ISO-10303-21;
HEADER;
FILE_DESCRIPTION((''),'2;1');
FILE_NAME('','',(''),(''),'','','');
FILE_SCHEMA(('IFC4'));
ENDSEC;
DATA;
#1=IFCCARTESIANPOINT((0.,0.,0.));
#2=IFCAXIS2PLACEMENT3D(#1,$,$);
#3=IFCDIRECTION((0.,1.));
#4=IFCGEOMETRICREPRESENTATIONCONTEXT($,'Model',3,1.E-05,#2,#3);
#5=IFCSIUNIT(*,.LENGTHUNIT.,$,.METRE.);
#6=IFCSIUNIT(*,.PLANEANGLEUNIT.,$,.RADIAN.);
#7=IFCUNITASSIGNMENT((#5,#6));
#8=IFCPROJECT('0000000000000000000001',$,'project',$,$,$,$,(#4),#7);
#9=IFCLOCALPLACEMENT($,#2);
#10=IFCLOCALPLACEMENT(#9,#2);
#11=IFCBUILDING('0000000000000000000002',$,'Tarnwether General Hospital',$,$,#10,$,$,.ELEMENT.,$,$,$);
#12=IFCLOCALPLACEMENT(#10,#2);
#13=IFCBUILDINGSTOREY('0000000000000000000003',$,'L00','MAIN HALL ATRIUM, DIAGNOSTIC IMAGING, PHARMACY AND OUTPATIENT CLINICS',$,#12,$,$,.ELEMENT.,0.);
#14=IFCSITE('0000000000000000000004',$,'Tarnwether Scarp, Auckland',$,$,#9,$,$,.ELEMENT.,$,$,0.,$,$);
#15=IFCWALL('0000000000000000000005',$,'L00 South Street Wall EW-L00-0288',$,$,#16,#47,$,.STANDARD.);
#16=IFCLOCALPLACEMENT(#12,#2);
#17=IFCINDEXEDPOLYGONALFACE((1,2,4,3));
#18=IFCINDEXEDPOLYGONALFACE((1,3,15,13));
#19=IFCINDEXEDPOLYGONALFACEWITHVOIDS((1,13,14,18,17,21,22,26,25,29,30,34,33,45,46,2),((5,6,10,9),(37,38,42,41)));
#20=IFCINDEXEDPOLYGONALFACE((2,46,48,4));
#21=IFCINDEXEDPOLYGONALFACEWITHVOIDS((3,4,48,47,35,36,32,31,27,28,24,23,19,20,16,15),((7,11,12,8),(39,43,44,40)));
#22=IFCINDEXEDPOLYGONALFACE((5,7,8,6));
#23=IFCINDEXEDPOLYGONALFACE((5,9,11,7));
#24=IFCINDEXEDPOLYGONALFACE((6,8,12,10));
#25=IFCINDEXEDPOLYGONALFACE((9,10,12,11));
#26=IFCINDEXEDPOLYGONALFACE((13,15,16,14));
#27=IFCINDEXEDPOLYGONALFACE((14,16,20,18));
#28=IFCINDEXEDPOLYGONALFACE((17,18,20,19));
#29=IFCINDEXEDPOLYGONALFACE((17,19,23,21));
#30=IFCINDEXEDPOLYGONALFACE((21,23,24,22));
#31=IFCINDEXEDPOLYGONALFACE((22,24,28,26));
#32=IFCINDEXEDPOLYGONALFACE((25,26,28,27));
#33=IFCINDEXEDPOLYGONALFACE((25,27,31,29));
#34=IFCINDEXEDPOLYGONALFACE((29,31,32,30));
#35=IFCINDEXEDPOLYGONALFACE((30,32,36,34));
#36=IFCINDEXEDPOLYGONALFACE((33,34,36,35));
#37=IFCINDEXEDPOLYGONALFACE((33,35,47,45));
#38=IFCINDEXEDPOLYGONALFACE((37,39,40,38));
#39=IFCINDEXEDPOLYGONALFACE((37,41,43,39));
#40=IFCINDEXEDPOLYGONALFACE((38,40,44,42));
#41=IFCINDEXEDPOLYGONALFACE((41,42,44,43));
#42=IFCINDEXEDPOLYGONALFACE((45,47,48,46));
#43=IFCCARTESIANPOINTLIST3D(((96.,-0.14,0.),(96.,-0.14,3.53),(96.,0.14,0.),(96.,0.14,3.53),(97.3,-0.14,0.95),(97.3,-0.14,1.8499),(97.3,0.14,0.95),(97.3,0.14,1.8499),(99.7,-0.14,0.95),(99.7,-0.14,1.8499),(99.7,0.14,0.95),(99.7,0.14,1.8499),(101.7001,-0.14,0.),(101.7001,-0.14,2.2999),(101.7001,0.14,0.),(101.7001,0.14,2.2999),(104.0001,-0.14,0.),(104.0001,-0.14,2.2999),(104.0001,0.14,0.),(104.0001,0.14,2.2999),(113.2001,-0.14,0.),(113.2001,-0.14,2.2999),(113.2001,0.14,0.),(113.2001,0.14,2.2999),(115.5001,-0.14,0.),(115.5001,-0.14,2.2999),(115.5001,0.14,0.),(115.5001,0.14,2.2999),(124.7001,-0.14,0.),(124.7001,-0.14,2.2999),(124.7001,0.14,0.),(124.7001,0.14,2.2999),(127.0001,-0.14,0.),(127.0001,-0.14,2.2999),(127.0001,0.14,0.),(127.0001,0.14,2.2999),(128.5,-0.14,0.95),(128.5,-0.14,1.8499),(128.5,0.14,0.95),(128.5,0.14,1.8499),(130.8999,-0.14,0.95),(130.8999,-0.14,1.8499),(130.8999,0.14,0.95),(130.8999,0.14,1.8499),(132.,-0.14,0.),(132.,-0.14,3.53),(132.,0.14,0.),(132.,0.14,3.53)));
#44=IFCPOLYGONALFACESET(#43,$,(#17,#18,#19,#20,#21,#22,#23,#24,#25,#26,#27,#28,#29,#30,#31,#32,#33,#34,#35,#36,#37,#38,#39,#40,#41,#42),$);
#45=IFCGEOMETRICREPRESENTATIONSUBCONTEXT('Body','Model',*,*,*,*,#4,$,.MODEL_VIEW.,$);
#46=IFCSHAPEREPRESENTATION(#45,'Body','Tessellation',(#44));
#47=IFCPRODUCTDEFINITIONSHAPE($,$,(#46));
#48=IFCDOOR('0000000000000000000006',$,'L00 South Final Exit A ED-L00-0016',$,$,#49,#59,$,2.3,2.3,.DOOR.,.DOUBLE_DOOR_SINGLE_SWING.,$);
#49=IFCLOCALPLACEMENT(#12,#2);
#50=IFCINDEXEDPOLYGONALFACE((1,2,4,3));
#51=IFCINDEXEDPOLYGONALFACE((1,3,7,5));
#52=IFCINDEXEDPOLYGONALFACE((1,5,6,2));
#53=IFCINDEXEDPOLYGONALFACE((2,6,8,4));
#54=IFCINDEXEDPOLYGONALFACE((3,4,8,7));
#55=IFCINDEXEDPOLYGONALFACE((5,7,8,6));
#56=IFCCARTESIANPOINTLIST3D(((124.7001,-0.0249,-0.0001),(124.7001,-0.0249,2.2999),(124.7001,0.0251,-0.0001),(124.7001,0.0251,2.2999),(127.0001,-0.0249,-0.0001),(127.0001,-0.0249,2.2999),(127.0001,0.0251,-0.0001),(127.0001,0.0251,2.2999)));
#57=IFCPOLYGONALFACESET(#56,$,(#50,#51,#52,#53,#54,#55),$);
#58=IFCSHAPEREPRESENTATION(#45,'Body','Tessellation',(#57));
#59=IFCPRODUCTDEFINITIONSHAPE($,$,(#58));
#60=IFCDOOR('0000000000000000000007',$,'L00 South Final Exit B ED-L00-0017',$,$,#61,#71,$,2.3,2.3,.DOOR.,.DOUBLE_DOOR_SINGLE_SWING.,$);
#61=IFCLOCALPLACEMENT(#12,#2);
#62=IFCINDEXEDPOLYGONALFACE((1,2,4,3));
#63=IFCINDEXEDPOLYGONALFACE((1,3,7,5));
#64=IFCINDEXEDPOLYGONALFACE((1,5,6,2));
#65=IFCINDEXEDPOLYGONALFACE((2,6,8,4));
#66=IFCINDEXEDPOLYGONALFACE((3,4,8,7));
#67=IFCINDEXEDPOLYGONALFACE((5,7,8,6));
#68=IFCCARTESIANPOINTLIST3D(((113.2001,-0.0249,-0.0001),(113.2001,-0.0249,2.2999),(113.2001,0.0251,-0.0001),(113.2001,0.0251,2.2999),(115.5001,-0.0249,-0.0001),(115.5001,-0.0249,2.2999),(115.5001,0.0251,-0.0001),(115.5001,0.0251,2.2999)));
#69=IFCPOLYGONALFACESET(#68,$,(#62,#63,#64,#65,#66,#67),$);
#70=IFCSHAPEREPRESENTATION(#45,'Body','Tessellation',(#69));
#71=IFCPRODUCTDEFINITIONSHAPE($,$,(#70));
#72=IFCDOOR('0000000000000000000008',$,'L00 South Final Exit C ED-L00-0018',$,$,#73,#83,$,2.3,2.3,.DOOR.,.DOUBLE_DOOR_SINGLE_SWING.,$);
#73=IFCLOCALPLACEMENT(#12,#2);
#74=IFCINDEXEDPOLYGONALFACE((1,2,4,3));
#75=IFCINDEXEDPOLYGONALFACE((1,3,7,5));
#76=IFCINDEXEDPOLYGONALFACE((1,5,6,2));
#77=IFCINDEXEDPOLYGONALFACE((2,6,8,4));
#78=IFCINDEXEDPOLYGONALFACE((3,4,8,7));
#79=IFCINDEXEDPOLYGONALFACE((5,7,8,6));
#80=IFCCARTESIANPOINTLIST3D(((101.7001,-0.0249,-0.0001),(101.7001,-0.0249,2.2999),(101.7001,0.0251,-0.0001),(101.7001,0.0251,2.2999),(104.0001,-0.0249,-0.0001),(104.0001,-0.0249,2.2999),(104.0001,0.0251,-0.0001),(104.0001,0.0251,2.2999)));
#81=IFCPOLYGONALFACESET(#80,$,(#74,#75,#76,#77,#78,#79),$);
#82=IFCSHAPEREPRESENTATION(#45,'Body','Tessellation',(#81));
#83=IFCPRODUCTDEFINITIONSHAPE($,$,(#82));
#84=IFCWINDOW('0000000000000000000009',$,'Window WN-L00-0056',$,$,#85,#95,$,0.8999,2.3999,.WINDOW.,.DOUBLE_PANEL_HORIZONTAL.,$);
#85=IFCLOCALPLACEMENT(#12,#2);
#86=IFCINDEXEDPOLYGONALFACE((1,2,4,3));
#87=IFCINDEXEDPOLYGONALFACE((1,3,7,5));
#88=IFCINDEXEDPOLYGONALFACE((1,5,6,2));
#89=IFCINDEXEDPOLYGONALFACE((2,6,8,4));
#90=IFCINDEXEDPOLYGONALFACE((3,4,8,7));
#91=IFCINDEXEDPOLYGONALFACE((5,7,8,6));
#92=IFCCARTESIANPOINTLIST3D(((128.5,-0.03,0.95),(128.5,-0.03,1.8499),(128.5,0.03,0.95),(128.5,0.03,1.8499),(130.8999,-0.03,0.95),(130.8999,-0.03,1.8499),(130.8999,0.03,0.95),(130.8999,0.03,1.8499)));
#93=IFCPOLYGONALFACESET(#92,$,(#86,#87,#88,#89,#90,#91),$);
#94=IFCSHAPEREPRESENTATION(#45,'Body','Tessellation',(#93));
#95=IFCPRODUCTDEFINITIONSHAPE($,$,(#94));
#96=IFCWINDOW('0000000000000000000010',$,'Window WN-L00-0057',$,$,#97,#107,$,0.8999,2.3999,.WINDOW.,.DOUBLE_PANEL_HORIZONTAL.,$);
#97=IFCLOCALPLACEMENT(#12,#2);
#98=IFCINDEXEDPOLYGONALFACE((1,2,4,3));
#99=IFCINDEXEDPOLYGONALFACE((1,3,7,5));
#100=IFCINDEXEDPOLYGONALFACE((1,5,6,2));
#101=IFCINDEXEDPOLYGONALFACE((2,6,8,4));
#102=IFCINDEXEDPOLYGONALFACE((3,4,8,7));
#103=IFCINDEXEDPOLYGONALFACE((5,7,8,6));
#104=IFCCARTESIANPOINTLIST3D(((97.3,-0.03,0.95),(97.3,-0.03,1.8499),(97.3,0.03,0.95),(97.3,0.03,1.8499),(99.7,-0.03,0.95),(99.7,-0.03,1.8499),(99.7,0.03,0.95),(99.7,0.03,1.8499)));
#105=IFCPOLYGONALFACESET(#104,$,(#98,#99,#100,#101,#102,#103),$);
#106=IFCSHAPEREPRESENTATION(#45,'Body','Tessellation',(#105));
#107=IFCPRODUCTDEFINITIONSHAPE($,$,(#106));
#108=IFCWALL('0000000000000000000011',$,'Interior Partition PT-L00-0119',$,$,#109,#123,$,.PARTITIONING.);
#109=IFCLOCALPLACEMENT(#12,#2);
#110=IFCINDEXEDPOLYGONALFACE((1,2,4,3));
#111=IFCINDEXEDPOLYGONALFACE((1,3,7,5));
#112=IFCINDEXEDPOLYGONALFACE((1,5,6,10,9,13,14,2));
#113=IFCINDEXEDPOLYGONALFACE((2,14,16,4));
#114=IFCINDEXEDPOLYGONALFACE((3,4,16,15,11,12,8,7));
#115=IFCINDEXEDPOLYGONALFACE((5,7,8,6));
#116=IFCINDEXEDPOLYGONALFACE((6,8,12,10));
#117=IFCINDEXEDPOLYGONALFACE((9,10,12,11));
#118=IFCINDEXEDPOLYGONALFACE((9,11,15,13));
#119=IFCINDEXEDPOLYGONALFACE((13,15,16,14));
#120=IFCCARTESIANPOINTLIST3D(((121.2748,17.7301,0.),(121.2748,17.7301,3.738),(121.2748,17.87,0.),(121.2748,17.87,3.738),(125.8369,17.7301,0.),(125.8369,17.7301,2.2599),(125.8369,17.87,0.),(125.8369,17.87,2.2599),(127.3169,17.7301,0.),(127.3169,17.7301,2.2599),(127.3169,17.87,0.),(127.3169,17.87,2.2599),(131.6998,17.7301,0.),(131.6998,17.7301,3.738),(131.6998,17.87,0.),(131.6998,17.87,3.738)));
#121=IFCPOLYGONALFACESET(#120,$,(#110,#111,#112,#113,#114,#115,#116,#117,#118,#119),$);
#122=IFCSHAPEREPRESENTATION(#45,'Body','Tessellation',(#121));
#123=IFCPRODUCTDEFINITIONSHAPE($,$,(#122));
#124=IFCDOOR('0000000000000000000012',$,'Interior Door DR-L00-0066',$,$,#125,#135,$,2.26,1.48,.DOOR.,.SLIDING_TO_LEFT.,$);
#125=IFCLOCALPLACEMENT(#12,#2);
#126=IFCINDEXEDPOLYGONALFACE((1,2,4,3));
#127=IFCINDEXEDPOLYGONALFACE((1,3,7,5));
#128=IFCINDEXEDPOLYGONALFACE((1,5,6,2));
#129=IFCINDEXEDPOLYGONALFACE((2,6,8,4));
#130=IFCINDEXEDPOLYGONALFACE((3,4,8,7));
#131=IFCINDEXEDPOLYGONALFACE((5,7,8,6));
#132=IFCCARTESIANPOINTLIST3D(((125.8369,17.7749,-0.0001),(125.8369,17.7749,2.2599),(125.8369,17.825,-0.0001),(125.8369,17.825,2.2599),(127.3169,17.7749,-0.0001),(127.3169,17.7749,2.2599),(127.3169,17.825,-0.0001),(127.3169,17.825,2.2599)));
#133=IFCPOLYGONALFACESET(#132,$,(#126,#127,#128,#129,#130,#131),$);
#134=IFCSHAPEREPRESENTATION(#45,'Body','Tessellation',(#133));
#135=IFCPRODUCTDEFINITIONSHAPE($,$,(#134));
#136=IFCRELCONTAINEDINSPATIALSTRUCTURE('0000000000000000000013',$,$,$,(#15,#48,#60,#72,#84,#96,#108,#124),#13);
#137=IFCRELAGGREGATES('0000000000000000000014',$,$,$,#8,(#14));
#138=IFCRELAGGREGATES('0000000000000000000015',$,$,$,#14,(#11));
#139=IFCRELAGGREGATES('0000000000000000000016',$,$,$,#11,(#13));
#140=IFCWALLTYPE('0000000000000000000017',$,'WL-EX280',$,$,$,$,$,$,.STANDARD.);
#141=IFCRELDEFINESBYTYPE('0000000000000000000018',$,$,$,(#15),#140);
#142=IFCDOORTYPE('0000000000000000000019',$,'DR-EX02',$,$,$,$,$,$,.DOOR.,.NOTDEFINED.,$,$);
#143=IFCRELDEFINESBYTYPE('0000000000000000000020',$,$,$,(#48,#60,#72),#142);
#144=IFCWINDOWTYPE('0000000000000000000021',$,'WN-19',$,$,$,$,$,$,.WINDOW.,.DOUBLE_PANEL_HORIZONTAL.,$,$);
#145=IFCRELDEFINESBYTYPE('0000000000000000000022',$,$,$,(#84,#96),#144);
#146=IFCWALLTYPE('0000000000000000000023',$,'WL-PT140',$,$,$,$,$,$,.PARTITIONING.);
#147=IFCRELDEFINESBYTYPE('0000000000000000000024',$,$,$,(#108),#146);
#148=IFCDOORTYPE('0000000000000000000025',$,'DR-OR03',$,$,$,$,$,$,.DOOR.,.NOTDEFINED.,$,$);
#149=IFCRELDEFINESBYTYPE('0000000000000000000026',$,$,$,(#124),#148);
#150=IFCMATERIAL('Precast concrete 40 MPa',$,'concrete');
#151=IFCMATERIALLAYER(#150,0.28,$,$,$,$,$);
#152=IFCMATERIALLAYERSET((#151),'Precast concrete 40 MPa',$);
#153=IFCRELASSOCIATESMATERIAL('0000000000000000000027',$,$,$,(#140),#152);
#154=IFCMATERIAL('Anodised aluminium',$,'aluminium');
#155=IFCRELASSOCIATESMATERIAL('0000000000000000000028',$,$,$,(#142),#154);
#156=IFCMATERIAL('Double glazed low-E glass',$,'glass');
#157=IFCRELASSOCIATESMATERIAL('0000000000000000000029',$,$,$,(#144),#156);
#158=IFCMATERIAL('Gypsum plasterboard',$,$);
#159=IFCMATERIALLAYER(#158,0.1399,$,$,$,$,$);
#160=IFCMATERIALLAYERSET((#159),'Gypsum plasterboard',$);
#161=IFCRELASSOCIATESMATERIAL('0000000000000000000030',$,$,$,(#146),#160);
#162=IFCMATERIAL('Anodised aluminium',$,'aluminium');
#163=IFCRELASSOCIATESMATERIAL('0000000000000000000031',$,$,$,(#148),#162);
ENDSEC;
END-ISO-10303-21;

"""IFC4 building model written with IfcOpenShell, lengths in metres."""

from ifc_helpers import new_model, si_unit, direction, frame, frame_2d, origin, place, context, subcontext, project, spatial, rectangle, extrude, material, layer, layer_set, type_object, element, fill, save


model = new_model("IFC4")

# Units and contexts
model_context = context("Model", 3, precision=1e-05, world=origin(), true_north=direction((0.0, 1.0)))
body_context = subcontext(model_context, "Body", "Model", "MODEL_VIEW")
ifc_project = project(units=[si_unit("LENGTHUNIT", "METRE"), si_unit("PLANEANGLEUNIT", "RADIAN")], contexts=[model_context])

# Site, building, storey
site_placement = place(None, origin())
site = spatial("IfcSite", under=ifc_project, at=site_placement, Name="Tarnwether Scarp, Auckland", CompositionType="ELEMENT", RefElevation=0.0)
building_placement = place(site_placement, origin())
building = spatial("IfcBuilding", under=site, at=building_placement, Name="Tarnwether General Hospital", CompositionType="ELEMENT")
storey_placement = place(building_placement, origin())
storey = spatial("IfcBuildingStorey", under=building, at=storey_placement, Name="L00", Description="MAIN HALL ATRIUM, DIAGNOSTIC IMAGING, PHARMACY AND OUTPATIENT CLINICS", CompositionType="ELEMENT", Elevation=0.0)

# Wall, openings, doors, windows
ifc_material_1 = material(Name="Precast concrete 40 MPa", Category="concrete")
ifc_layer_1 = layer(ifc_material_1, 0.28)
ifc_layer_set_1 = layer_set([ifc_layer_1], Name="Precast concrete 40 MPa")
wall_type_1 = type_object("IfcWallType", Name="WL-EX280", PredefinedType="STANDARD", material=ifc_layer_set_1)
wall_1_placement = place(storey_placement, frame((132.0, 0.0, 0.0), z_axis=(0.0, 0.0, 1.0), x_axis=(-1.0, 0.0, 0.0)))
wall_1 = element("IfcWall", 1, at=wall_1_placement, inside=storey, type_object=wall_type_1, Name="L00 South Street Wall EW-L00-0288", PredefinedType="STANDARD", context=body_context, shape_type="SweptSolid", body=[
    extrude(rectangle(XDim=36.0, YDim=0.28, at=frame_2d((18.0, 0.0))), origin(), (0.0, 0.0, 1.0), 3.53),
])
opening_1_placement = place(wall_1_placement, frame((5.0, 0.0, 0.0)))
opening_1 = element("IfcOpeningElement", 2, at=opening_1_placement, cuts=wall_1, PredefinedType="OPENING", context=body_context, shape_type="SweptSolid", body=[
    extrude(rectangle(XDim=2.3, YDim=2.3, at=frame_2d((1.1499, 1.1499))), frame((0.0, 0.1499, 0.0), z_axis=(0.0, -1.0, 0.0), x_axis=(1.0, 0.0, 0.0)), (0.0, 0.0, 1.0), 0.3),
])
opening_2_placement = place(wall_1_placement, frame((16.5, 0.0, 0.0)))
opening_2 = element("IfcOpeningElement", 3, at=opening_2_placement, cuts=wall_1, PredefinedType="OPENING", context=body_context, shape_type="SweptSolid", body=[
    extrude(rectangle(XDim=2.3, YDim=2.3, at=frame_2d((1.1499, 1.1499))), frame((0.0, 0.1499, 0.0), z_axis=(0.0, -1.0, 0.0), x_axis=(1.0, 0.0, 0.0)), (0.0, 0.0, 1.0), 0.3),
])
opening_3_placement = place(wall_1_placement, frame((28.0, 0.0, 0.0)))
opening_3 = element("IfcOpeningElement", 4, at=opening_3_placement, cuts=wall_1, PredefinedType="OPENING", context=body_context, shape_type="SweptSolid", body=[
    extrude(rectangle(XDim=2.3, YDim=2.3, at=frame_2d((1.1499, 1.1499))), frame((0.0, 0.1499, 0.0), z_axis=(0.0, -1.0, 0.0), x_axis=(1.0, 0.0, 0.0)), (0.0, 0.0, 1.0), 0.3),
])
opening_4_placement = place(wall_1_placement, frame((1.1001, 0.0, 0.95)))
opening_4 = element("IfcOpeningElement", 5, at=opening_4_placement, cuts=wall_1, PredefinedType="OPENING", context=body_context, shape_type="SweptSolid", body=[
    extrude(rectangle(XDim=2.3999, YDim=0.8999, at=frame_2d((1.2, 0.45))), frame((0.0, 0.1499, 0.0), z_axis=(0.0, -1.0, 0.0), x_axis=(1.0, 0.0, 0.0)), (0.0, 0.0, 1.0), 0.3),
])
opening_5_placement = place(wall_1_placement, frame((32.3, 0.0, 0.95)))
opening_5 = element("IfcOpeningElement", 6, at=opening_5_placement, cuts=wall_1, PredefinedType="OPENING", context=body_context, shape_type="SweptSolid", body=[
    extrude(rectangle(XDim=2.3999, YDim=0.8999, at=frame_2d((1.2, 0.45))), frame((0.0, 0.1499, 0.0), z_axis=(0.0, -1.0, 0.0), x_axis=(1.0, 0.0, 0.0)), (0.0, 0.0, 1.0), 0.3),
])
ifc_material_2 = material(Name="Anodised aluminium", Category="aluminium")
door_type_1 = type_object("IfcDoorType", Name="DR-EX02", OperationType="NOTDEFINED", PredefinedType="DOOR", material=ifc_material_2)
door_1_placement = place(opening_1_placement, origin())
door_1 = element("IfcDoor", 7, at=door_1_placement, inside=storey, type_object=door_type_1, Name="L00 South Final Exit A ED-L00-0016", OperationType="DOUBLE_DOOR_SINGLE_SWING", OverallHeight=2.3, OverallWidth=2.3, PredefinedType="DOOR", context=body_context, shape_type="SweptSolid", body=[
    extrude(rectangle(XDim=2.3, YDim=2.3, at=frame_2d((1.1499, 1.1499))), frame((0.0, 0.0249, 0.0), z_axis=(0.0, -1.0, 0.0), x_axis=(1.0, 0.0, 0.0)), (0.0, 0.0, 1.0), 0.05),
])
fill(opening_1, door_1)
door_2_placement = place(opening_2_placement, origin())
door_2 = element("IfcDoor", 8, at=door_2_placement, inside=storey, type_object=door_type_1, Name="L00 South Final Exit B ED-L00-0017", OperationType="DOUBLE_DOOR_SINGLE_SWING", OverallHeight=2.3, OverallWidth=2.3, PredefinedType="DOOR", context=body_context, shape_type="SweptSolid", body=[
    extrude(rectangle(XDim=2.3, YDim=2.3, at=frame_2d((1.1499, 1.1499))), frame((0.0, 0.0249, 0.0), z_axis=(0.0, -1.0, 0.0), x_axis=(1.0, 0.0, 0.0)), (0.0, 0.0, 1.0), 0.05),
])
fill(opening_2, door_2)
door_3_placement = place(opening_3_placement, origin())
door_3 = element("IfcDoor", 9, at=door_3_placement, inside=storey, type_object=door_type_1, Name="L00 South Final Exit C ED-L00-0018", OperationType="DOUBLE_DOOR_SINGLE_SWING", OverallHeight=2.3, OverallWidth=2.3, PredefinedType="DOOR", context=body_context, shape_type="SweptSolid", body=[
    extrude(rectangle(XDim=2.3, YDim=2.3, at=frame_2d((1.1499, 1.1499))), frame((0.0, 0.0249, 0.0), z_axis=(0.0, -1.0, 0.0), x_axis=(1.0, 0.0, 0.0)), (0.0, 0.0, 1.0), 0.05),
])
fill(opening_3, door_3)
ifc_material_3 = material(Name="Double glazed low-E glass", Category="glass")
window_type = type_object("IfcWindowType", Name="WN-19", PartitioningType="DOUBLE_PANEL_HORIZONTAL", PredefinedType="WINDOW", material=ifc_material_3)
window_1_placement = place(opening_4_placement, origin())
window_1 = element("IfcWindow", 10, at=window_1_placement, inside=storey, type_object=window_type, Name="Window WN-L00-0056", OverallHeight=0.8999, OverallWidth=2.3999, PartitioningType="DOUBLE_PANEL_HORIZONTAL", PredefinedType="WINDOW", context=body_context, shape_type="SweptSolid", body=[
    extrude(rectangle(XDim=2.3999, YDim=0.8999, at=frame_2d((1.2, 0.45))), frame((0.0, 0.03, 0.0), z_axis=(0.0, -1.0, 0.0), x_axis=(1.0, 0.0, 0.0)), (0.0, 0.0, 1.0), 0.0601),
])
fill(opening_4, window_1)
window_2_placement = place(opening_5_placement, origin())
window_2 = element("IfcWindow", 11, at=window_2_placement, inside=storey, type_object=window_type, Name="Window WN-L00-0057", OverallHeight=0.8999, OverallWidth=2.3999, PartitioningType="DOUBLE_PANEL_HORIZONTAL", PredefinedType="WINDOW", context=body_context, shape_type="SweptSolid", body=[
    extrude(rectangle(XDim=2.3999, YDim=0.8999, at=frame_2d((1.2, 0.45))), frame((0.0, 0.03, 0.0), z_axis=(0.0, -1.0, 0.0), x_axis=(1.0, 0.0, 0.0)), (0.0, 0.0, 1.0), 0.0601),
])
fill(opening_5, window_2)

# Wall, opening, door
ifc_material_4 = material(Name="Gypsum plasterboard")
ifc_layer_2 = layer(ifc_material_4, 0.1399)
ifc_layer_set_2 = layer_set([ifc_layer_2], Name="Gypsum plasterboard")
wall_type_2 = type_object("IfcWallType", Name="WL-PT140", PredefinedType="PARTITIONING", material=ifc_layer_set_2)
wall_2_placement = place(storey_placement, frame((121.2749, 17.8, 0.0), z_axis=(0.0, 0.0, 1.0), x_axis=(1.0, 0.0, 0.0)))
wall_2 = element("IfcWall", 12, at=wall_2_placement, inside=storey, type_object=wall_type_2, Name="Interior Partition PT-L00-0119", PredefinedType="PARTITIONING", context=body_context, shape_type="SweptSolid", body=[
    extrude(rectangle(XDim=10.425, YDim=0.1399, at=frame_2d((5.2124, 0.0))), origin(), (0.0, 0.0, 1.0), 3.738),
])
opening_6_placement = place(wall_2_placement, frame((4.562, 0.0, 0.0)))
opening_6 = element("IfcOpeningElement", 13, at=opening_6_placement, cuts=wall_2, PredefinedType="OPENING", context=body_context, shape_type="SweptSolid", body=[
    extrude(rectangle(XDim=1.48, YDim=2.26, at=frame_2d((0.74, 1.1299))), frame((0.0, 0.0801, 0.0), z_axis=(0.0, -1.0, 0.0), x_axis=(1.0, 0.0, 0.0)), (0.0, 0.0, 1.0), 0.1599),
])
ifc_material_5 = material(Name="Anodised aluminium", Category="aluminium")
door_type_2 = type_object("IfcDoorType", Name="DR-OR03", OperationType="NOTDEFINED", PredefinedType="DOOR", material=ifc_material_5)
door_4_placement = place(opening_6_placement, origin())
door_4 = element("IfcDoor", 14, at=door_4_placement, inside=storey, type_object=door_type_2, Name="Interior Door DR-L00-0066", OperationType="SLIDING_TO_LEFT", OverallHeight=2.26, OverallWidth=1.48, PredefinedType="DOOR", context=body_context, shape_type="SweptSolid", body=[
    extrude(rectangle(XDim=1.48, YDim=2.26, at=frame_2d((0.74, 1.1299))), frame((0.0, 0.0249, 0.0), z_axis=(0.0, -1.0, 0.0), x_axis=(1.0, 0.0, 0.0)), (0.0, 0.0, 1.0), 0.05),
])
fill(opening_6, door_4)

save(model, "model.ifc")
